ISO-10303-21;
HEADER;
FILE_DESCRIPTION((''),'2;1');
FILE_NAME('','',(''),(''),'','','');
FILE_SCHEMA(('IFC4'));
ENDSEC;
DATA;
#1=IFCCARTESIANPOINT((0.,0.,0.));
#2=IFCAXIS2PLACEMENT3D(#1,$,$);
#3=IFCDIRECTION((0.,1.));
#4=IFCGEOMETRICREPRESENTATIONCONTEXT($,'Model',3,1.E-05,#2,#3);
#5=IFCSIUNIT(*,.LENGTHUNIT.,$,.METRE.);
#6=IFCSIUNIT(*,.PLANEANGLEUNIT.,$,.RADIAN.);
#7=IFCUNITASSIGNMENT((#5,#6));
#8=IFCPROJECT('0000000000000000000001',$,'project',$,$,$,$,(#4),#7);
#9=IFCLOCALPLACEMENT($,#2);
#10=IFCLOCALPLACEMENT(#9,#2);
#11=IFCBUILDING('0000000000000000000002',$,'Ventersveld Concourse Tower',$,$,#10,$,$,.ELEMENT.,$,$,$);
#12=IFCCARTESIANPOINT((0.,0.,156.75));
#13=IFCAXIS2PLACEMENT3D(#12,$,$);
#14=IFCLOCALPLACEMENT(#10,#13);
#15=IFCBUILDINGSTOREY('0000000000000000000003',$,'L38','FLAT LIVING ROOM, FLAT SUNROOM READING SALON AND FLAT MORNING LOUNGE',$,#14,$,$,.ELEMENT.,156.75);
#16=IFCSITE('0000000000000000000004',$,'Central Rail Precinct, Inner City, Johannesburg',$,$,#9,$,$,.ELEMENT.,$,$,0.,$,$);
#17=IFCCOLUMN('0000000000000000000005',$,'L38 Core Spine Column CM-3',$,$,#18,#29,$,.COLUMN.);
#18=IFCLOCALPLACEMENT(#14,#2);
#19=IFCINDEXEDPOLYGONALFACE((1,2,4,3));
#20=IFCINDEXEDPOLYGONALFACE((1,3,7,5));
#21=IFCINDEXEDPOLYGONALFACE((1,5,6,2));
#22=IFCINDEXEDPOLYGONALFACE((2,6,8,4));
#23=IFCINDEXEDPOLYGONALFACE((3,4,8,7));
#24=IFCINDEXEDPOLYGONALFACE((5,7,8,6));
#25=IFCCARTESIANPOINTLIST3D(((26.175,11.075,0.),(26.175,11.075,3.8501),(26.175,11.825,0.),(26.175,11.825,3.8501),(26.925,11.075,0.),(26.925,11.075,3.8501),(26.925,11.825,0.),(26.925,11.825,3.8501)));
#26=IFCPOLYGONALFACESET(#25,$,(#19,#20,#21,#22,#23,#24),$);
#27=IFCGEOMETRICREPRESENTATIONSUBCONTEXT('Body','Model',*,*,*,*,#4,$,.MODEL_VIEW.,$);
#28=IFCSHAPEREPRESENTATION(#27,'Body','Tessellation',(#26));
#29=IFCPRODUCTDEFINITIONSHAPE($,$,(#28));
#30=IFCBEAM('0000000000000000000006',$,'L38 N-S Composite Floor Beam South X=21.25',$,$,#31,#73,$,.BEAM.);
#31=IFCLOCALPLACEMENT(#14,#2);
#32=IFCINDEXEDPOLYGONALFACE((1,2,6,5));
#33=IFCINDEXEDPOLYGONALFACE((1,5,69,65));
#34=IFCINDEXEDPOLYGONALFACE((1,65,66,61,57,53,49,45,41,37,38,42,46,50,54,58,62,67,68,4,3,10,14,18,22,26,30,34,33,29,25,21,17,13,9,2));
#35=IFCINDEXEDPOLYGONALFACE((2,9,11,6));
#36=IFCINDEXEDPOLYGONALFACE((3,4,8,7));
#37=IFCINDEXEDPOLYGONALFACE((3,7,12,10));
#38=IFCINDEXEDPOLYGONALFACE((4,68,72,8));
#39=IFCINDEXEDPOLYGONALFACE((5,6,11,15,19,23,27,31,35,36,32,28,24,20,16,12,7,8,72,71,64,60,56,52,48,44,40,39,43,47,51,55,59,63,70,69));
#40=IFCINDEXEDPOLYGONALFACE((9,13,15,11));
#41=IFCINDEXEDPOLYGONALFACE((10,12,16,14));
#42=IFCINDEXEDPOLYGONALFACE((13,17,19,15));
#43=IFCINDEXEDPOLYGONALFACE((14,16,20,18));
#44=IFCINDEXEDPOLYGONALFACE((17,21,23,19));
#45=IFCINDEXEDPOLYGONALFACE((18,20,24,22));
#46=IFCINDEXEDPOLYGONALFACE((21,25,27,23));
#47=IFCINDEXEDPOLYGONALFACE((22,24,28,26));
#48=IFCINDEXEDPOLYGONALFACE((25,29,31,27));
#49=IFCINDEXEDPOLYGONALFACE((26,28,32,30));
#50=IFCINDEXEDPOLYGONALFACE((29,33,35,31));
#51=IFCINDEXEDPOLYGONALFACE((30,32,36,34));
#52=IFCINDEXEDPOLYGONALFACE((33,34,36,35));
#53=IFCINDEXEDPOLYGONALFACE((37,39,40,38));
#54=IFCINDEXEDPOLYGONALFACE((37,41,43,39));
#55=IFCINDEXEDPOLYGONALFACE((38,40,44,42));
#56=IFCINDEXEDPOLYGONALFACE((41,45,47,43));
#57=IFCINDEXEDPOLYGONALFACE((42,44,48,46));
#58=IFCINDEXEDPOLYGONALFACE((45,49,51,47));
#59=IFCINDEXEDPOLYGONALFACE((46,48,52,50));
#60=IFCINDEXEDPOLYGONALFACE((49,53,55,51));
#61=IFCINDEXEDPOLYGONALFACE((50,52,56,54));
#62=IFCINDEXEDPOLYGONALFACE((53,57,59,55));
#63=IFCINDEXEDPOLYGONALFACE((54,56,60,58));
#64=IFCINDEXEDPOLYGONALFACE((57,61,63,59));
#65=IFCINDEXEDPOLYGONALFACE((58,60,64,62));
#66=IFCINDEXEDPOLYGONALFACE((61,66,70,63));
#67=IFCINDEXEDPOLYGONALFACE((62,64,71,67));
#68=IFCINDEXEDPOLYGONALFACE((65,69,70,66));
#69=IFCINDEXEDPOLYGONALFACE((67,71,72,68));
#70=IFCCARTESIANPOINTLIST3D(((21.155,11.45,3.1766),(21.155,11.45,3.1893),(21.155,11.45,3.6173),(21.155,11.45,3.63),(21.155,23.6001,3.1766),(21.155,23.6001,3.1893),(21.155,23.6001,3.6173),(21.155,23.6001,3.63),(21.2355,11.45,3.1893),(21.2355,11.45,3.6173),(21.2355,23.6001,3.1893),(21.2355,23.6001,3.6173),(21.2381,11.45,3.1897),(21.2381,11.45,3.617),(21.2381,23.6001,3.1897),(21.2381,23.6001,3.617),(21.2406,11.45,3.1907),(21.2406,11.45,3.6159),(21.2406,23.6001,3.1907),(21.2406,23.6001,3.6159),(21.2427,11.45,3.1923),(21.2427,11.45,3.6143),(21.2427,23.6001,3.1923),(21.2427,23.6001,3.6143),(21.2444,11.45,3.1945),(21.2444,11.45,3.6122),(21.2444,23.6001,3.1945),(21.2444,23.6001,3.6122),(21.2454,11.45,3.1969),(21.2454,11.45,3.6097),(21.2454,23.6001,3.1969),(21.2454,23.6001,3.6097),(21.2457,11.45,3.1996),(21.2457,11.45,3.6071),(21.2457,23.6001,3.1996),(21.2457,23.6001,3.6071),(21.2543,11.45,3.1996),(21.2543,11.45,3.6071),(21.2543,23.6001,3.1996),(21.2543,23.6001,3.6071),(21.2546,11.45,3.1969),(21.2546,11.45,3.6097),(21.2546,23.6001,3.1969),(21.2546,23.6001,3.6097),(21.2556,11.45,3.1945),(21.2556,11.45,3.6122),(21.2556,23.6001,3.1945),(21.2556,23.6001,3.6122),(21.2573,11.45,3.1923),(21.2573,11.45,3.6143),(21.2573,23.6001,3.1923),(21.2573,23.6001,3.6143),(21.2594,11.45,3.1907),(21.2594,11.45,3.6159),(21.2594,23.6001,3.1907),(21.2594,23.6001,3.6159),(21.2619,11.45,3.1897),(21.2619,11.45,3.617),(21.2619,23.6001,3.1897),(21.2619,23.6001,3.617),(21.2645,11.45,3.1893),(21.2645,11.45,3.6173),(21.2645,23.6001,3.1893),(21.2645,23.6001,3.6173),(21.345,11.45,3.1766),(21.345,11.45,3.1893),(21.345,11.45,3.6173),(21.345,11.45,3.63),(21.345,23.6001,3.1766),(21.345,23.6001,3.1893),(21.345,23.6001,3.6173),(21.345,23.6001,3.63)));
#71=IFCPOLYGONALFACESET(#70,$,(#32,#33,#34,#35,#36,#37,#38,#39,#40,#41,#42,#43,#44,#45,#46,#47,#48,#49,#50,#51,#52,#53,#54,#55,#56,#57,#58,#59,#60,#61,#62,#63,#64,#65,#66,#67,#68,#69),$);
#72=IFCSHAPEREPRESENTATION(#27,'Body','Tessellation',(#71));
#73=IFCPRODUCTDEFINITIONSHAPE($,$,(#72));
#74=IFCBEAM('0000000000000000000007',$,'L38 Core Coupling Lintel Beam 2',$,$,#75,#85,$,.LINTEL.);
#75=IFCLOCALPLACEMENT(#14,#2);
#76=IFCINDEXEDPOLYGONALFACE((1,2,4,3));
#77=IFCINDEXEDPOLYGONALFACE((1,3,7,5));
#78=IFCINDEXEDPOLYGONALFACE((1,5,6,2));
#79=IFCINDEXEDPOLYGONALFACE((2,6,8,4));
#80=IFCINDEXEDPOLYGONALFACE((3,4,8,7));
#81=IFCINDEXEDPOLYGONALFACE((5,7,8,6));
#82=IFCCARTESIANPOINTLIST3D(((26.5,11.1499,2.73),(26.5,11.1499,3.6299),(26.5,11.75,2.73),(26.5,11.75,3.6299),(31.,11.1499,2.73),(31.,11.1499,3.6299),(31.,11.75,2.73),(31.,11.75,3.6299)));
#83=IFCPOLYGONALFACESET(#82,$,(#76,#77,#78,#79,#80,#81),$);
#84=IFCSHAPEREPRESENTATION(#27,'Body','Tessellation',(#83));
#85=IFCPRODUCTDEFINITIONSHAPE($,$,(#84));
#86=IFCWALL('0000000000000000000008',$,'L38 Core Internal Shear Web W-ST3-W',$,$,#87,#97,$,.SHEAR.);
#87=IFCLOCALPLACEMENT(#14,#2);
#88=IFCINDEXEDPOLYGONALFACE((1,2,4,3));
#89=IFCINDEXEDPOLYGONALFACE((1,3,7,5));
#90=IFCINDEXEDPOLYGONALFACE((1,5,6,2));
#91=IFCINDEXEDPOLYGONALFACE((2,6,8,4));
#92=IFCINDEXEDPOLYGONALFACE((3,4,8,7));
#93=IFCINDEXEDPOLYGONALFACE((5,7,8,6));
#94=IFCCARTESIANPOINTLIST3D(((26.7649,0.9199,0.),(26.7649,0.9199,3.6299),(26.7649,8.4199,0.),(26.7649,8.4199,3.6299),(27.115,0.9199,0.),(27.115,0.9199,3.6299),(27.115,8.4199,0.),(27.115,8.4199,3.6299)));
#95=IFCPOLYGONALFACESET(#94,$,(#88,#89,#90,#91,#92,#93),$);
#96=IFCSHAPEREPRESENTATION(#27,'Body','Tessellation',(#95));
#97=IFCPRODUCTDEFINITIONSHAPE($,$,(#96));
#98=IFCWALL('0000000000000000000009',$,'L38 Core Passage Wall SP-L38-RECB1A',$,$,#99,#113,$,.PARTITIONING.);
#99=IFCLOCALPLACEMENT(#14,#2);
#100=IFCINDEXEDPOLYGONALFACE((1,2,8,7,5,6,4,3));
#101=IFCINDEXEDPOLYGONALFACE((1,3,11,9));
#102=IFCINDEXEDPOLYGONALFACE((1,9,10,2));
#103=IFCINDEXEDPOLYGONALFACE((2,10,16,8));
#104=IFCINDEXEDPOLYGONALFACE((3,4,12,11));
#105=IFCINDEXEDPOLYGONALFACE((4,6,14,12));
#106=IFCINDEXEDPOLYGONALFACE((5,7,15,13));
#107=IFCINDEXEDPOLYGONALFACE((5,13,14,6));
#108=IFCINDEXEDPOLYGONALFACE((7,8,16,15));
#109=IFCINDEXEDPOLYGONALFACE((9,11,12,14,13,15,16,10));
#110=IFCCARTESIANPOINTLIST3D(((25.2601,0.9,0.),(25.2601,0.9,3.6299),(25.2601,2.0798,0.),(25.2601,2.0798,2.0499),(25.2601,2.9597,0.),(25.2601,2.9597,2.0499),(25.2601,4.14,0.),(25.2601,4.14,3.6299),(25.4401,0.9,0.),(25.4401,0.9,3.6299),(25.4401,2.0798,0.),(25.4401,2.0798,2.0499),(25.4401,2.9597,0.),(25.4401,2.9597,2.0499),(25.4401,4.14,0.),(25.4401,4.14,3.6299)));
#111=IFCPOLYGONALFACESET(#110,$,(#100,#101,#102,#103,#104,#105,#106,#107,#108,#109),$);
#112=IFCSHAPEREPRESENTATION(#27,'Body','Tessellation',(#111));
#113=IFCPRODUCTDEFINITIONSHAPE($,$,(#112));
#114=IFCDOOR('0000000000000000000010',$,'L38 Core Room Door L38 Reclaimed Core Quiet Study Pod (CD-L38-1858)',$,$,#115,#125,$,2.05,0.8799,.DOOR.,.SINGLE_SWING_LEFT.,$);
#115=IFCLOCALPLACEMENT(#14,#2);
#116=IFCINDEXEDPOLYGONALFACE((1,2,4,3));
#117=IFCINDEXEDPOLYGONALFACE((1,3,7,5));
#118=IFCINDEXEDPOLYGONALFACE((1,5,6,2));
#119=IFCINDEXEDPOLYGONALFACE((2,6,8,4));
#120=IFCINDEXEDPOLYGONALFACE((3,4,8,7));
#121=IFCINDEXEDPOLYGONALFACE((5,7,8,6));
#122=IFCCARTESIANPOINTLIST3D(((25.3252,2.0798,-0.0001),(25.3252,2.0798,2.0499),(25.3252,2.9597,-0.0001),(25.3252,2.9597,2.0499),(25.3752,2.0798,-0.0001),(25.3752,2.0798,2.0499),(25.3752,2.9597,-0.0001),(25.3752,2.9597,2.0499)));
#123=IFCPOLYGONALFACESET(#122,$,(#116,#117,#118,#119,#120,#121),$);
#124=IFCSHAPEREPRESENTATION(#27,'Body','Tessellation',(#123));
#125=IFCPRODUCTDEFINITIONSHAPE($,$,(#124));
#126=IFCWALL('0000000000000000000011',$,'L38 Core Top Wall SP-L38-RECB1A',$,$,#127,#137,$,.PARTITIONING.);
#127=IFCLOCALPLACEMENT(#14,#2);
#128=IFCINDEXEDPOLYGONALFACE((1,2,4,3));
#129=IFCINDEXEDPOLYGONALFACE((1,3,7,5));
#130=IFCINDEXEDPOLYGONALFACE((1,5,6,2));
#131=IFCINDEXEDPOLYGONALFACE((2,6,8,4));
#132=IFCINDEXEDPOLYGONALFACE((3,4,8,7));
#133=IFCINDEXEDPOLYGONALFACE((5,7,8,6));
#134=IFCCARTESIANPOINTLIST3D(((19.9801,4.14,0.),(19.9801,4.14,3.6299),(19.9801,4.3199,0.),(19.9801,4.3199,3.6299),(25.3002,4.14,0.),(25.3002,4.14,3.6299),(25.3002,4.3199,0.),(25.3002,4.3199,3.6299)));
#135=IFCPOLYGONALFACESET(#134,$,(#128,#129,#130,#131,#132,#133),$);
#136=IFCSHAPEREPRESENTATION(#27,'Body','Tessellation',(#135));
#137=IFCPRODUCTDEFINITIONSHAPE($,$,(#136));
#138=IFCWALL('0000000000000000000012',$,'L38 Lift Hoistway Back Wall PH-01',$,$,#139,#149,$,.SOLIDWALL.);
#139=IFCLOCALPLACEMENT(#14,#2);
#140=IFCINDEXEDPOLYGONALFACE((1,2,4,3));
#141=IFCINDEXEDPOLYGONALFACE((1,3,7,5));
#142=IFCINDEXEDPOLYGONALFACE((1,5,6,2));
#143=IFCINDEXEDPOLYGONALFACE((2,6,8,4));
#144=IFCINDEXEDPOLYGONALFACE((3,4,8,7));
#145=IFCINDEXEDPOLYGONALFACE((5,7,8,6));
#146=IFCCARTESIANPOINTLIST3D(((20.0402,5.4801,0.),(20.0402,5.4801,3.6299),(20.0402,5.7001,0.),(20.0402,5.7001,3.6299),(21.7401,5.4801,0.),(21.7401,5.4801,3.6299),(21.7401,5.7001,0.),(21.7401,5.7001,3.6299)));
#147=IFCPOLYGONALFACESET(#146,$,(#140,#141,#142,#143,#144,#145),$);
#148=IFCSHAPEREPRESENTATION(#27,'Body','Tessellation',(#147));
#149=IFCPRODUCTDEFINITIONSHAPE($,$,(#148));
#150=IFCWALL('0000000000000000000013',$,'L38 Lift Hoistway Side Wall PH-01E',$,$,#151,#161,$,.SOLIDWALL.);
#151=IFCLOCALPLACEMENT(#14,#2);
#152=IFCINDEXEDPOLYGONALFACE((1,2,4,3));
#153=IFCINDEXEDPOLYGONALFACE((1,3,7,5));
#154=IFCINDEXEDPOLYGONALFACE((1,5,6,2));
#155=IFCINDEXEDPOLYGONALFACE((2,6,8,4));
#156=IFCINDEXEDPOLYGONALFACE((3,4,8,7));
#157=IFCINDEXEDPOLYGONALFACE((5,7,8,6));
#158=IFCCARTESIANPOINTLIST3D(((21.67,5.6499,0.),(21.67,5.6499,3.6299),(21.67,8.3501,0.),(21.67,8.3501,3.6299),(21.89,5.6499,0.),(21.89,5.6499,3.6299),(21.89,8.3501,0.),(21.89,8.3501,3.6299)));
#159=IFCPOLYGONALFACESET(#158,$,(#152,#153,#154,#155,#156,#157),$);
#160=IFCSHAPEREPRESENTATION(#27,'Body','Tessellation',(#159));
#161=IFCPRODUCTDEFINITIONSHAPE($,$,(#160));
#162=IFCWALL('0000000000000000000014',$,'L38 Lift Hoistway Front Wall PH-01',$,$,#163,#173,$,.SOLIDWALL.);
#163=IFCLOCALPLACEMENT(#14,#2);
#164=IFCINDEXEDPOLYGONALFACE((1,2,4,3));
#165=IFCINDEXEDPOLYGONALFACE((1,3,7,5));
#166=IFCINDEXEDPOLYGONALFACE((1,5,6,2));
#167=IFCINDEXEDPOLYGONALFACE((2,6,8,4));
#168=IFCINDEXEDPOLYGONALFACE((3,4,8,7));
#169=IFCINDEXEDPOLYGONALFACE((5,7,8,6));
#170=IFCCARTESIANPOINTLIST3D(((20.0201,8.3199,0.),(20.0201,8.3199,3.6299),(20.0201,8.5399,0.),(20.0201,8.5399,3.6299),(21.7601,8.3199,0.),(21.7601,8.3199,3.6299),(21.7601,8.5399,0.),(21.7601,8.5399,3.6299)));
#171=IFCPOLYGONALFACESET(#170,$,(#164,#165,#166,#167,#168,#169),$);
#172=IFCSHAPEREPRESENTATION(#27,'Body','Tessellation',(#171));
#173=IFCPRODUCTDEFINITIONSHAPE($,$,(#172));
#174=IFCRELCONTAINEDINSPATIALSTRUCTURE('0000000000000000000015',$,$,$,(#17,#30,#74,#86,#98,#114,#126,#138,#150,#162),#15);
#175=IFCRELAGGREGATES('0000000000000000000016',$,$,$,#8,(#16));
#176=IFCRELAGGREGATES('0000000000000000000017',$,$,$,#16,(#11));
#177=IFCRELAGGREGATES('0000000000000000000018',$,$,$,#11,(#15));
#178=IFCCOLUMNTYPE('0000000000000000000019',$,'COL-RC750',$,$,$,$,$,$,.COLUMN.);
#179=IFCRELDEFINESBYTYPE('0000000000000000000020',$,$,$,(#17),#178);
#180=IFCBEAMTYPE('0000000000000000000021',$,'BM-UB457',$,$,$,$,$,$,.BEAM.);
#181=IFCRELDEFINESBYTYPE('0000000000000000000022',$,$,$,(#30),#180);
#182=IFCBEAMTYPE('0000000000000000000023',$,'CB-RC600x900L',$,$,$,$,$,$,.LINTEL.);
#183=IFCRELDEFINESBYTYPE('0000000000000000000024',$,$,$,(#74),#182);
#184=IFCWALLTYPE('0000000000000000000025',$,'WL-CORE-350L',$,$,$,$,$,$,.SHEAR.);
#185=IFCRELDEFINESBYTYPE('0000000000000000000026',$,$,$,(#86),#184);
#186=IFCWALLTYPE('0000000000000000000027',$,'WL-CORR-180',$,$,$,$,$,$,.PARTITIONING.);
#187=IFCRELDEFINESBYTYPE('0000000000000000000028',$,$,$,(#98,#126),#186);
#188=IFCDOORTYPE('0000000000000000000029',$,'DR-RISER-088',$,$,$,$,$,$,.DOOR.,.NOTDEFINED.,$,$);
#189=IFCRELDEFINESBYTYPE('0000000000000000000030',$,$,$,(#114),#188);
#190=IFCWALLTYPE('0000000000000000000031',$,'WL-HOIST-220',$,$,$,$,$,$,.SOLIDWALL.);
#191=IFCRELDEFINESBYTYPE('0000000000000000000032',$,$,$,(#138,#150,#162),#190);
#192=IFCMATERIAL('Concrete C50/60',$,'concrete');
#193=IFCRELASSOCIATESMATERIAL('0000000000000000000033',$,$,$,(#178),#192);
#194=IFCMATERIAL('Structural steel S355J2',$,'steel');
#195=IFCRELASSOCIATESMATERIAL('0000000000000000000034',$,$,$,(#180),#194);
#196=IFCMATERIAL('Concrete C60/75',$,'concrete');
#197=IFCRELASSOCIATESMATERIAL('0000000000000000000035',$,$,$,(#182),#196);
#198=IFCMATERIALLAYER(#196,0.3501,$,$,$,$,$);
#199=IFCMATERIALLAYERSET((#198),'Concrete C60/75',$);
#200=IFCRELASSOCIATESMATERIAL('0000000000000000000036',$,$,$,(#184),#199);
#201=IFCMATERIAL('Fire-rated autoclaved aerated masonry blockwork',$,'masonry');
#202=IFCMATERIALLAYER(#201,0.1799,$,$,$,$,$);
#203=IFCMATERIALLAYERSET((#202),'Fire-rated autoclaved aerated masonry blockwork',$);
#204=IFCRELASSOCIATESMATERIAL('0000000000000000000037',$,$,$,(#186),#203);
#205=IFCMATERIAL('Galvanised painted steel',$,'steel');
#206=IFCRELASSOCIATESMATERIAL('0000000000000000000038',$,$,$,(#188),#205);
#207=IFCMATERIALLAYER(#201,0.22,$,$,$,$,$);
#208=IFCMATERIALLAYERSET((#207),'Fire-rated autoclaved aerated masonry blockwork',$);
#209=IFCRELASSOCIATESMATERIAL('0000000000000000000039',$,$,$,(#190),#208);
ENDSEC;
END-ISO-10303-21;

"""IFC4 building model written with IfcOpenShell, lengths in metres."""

from ifc_helpers import new_model, si_unit, direction, frame, frame_2d, origin, origin_2d, place, context, subcontext, project, spatial, rectangle, i_section, extrude, material, layer, layer_set, material_profile, profile_set, type_object, element, fill, save


model = new_model("IFC4")

# Units and contexts
model_context = context("Model", 3, precision=1e-05, world=origin(), true_north=direction((0.0, 1.0)))
body_context = subcontext(model_context, "Body", "Model", "MODEL_VIEW")
ifc_project = project(units=[si_unit("LENGTHUNIT", "METRE"), si_unit("PLANEANGLEUNIT", "RADIAN")], contexts=[model_context])

# Site, building, storey
site_placement = place(None, origin())
site = spatial("IfcSite", under=ifc_project, at=site_placement, Name="Central Rail Precinct, Inner City, Johannesburg", CompositionType="ELEMENT", RefElevation=0.0)
building_placement = place(site_placement, origin())
building = spatial("IfcBuilding", under=site, at=building_placement, Name="Ventersveld Concourse Tower", CompositionType="ELEMENT")
storey_placement = place(building_placement, frame((0.0, 0.0, 156.75)))
storey = spatial("IfcBuildingStorey", under=building, at=storey_placement, Name="L38", Description="FLAT LIVING ROOM, FLAT SUNROOM READING SALON AND FLAT MORNING LOUNGE", CompositionType="ELEMENT", Elevation=156.75)

# Column
ifc_material_1 = material(Name="Concrete C50/60", Category="concrete")
ifc_material_profile_1 = material_profile(ifc_material_1, rectangle(XDim=0.75, YDim=0.75, at=origin_2d()), Name="RC 750x750")
ifc_profile_set_1 = profile_set([ifc_material_profile_1], Name="Concrete C50/60")
column_type = type_object("IfcColumnType", Name="COL-RC750", PredefinedType="COLUMN", material=ifc_profile_set_1)
column_placement = place(storey_placement, frame((26.55, 11.45, 0.0), z_axis=(0.0, 0.0, 1.0), x_axis=(1.0, 0.0, 0.0)))
element("IfcColumn", 1, at=column_placement, inside=storey, type_object=column_type, Name="L38 Core Spine Column CM-3", PredefinedType="COLUMN", context=body_context, shape_type="SweptSolid", body=[
    extrude(rectangle(XDim=0.75, YDim=0.75, at=origin_2d()), origin(), (0.0, 0.0, 1.0), 3.8501),
])

# Beams
ifc_material_2 = material(Name="Structural steel S355J2", Category="steel")
ifc_material_profile_2 = material_profile(ifc_material_2, i_section(OverallWidth=0.1899, OverallDepth=0.4534, WebThickness=0.0085, FlangeThickness=0.0127, FilletRadius=0.0103, at=origin_2d()), Name="UB 457x191x67")
ifc_profile_set_2 = profile_set([ifc_material_profile_2], Name="Structural steel S355J2")
beam_type_1 = type_object("IfcBeamType", Name="BM-UB457", PredefinedType="BEAM", material=ifc_profile_set_2)
beam_1_placement = place(storey_placement, frame((21.25, 11.45, 3.4033), z_axis=(0.0, 1.0, 0.0), x_axis=(-1.0, 0.0, 0.0)))
element("IfcBeam", 2, at=beam_1_placement, inside=storey, type_object=beam_type_1, Name="L38 N-S Composite Floor Beam South X=21.25", PredefinedType="BEAM", context=body_context, shape_type="SweptSolid", body=[
    extrude(i_section(OverallWidth=0.1899, OverallDepth=0.4534, WebThickness=0.0085, FlangeThickness=0.0127, FilletRadius=0.0103, at=origin_2d()), origin(), (0.0, 0.0, 1.0), 12.1501),
])
ifc_material_3 = material(Name="Concrete C60/75", Category="concrete")
ifc_material_profile_3 = material_profile(ifc_material_3, rectangle(XDim=0.6001, YDim=0.8999, at=origin_2d()), Name="RC 600x900")
ifc_profile_set_3 = profile_set([ifc_material_profile_3], Name="Concrete C60/75")
beam_type_2 = type_object("IfcBeamType", Name="CB-RC600x900L", PredefinedType="LINTEL", material=ifc_profile_set_3)
beam_2_placement = place(storey_placement, frame((26.5, 11.45, 3.1799), z_axis=(1.0, 0.0, 0.0), x_axis=(0.0, 1.0, 0.0)))
element("IfcBeam", 3, at=beam_2_placement, inside=storey, type_object=beam_type_2, Name="L38 Core Coupling Lintel Beam 2", PredefinedType="LINTEL", context=body_context, shape_type="SweptSolid", body=[
    extrude(rectangle(XDim=0.6001, YDim=0.8999, at=origin_2d()), origin(), (0.0, 0.0, 1.0), 4.5),
])

# Wall
ifc_layer_1 = layer(ifc_material_3, 0.3501)
ifc_layer_set_1 = layer_set([ifc_layer_1], Name="Concrete C60/75")
wall_type_1 = type_object("IfcWallType", Name="WL-CORE-350L", PredefinedType="SHEAR", material=ifc_layer_set_1)
wall_1_placement = place(storey_placement, frame((26.9399, 0.9199, 0.0), z_axis=(0.0, 0.0, 1.0), x_axis=(0.0, 1.0, 0.0)))
element("IfcWall", 4, at=wall_1_placement, inside=storey, type_object=wall_type_1, Name="L38 Core Internal Shear Web W-ST3-W", PredefinedType="SHEAR", context=body_context, shape_type="SweptSolid", body=[
    extrude(rectangle(XDim=7.5, YDim=0.3501, at=frame_2d((3.75, 0.0))), origin(), (0.0, 0.0, 1.0), 3.6299),
])

# Wall, opening, door
ifc_material_4 = material(Name="Fire-rated autoclaved aerated masonry blockwork", Category="masonry")
ifc_layer_2 = layer(ifc_material_4, 0.1799)
ifc_layer_set_2 = layer_set([ifc_layer_2], Name="Fire-rated autoclaved aerated masonry blockwork")
wall_type_2 = type_object("IfcWallType", Name="WL-CORR-180", PredefinedType="PARTITIONING", material=ifc_layer_set_2)
wall_2_placement = place(storey_placement, frame((25.3501, 0.8999, 0.0), z_axis=(0.0, 0.0, 1.0), x_axis=(0.0, 1.0, 0.0)))
wall_2 = element("IfcWall", 5, at=wall_2_placement, inside=storey, type_object=wall_type_2, Name="L38 Core Passage Wall SP-L38-RECB1A", PredefinedType="PARTITIONING", context=body_context, shape_type="SweptSolid", body=[
    extrude(rectangle(XDim=3.24, YDim=0.1799, at=frame_2d((1.6201, 0.0))), origin(), (0.0, 0.0, 1.0), 3.6299),
])
opening_1_placement = place(wall_2_placement, frame((1.1799, 0.0, 0.0)))
opening_1 = element("IfcOpeningElement", 6, at=opening_1_placement, cuts=wall_2, PredefinedType="OPENING", context=body_context, shape_type="SweptSolid", body=[
    extrude(rectangle(XDim=0.8799, YDim=2.05, at=frame_2d((0.4399, 1.0249))), frame((0.0, 0.1001, 0.0), z_axis=(0.0, -1.0, 0.0), x_axis=(1.0, 0.0, 0.0)), (0.0, 0.0, 1.0), 0.2),
])
ifc_material_5 = material(Name="Galvanised painted steel", Category="steel")
door_type_1 = type_object("IfcDoorType", Name="DR-RISER-088", OperationType="NOTDEFINED", PredefinedType="DOOR", material=ifc_material_5)
door_1_placement = place(opening_1_placement, origin())
door_1 = element("IfcDoor", 7, at=door_1_placement, inside=storey, type_object=door_type_1, Name="L38 Core Room Door L38 Reclaimed Core Quiet Study Pod (CD-L38-1858)", OperationType="SINGLE_SWING_LEFT", OverallHeight=2.05, OverallWidth=0.8799, PredefinedType="DOOR", context=body_context, shape_type="SweptSolid", body=[
    extrude(rectangle(XDim=0.8799, YDim=2.05, at=frame_2d((0.4399, 1.0249))), frame((0.0, 0.0249, 0.0), z_axis=(0.0, -1.0, 0.0), x_axis=(1.0, 0.0, 0.0)), (0.0, 0.0, 1.0), 0.05),
])
fill(opening_1, door_1)

# Walls
wall_3_placement = place(storey_placement, frame((19.98, 4.23, 0.0), z_axis=(0.0, 0.0, 1.0), x_axis=(1.0, 0.0, 0.0)))
element("IfcWall", 8, at=wall_3_placement, inside=storey, type_object=wall_type_2, Name="L38 Core Top Wall SP-L38-RECB1A", PredefinedType="PARTITIONING", context=body_context, shape_type="SweptSolid", body=[
    extrude(rectangle(XDim=5.3201, YDim=0.1799, at=frame_2d((2.6602, 0.0))), origin(), (0.0, 0.0, 1.0), 3.6299),
])
ifc_layer_3 = layer(ifc_material_4, 0.22)
ifc_layer_set_3 = layer_set([ifc_layer_3], Name="Fire-rated autoclaved aerated masonry blockwork")
wall_type_3 = type_object("IfcWallType", Name="WL-HOIST-220", PredefinedType="SOLIDWALL", material=ifc_layer_set_3)
wall_4_placement = place(storey_placement, frame((20.04, 5.5901, 0.0), z_axis=(0.0, 0.0, 1.0), x_axis=(1.0, 0.0, 0.0)))
element("IfcWall", 9, at=wall_4_placement, inside=storey, type_object=wall_type_3, Name="L38 Lift Hoistway Back Wall PH-01", PredefinedType="SOLIDWALL", context=body_context, shape_type="SweptSolid", body=[
    extrude(rectangle(XDim=1.7, YDim=0.22, at=frame_2d((0.8501, 0.0))), origin(), (0.0, 0.0, 1.0), 3.6299),
])
wall_5_placement = place(storey_placement, frame((21.78, 5.6499, 0.0), z_axis=(0.0, 0.0, 1.0), x_axis=(0.0, 1.0, 0.0)))
element("IfcWall", 10, at=wall_5_placement, inside=storey, type_object=wall_type_3, Name="L38 Lift Hoistway Side Wall PH-01E", PredefinedType="SOLIDWALL", context=body_context, shape_type="SweptSolid", body=[
    extrude(rectangle(XDim=2.7002, YDim=0.22, at=frame_2d((1.3501, 0.0))), origin(), (0.0, 0.0, 1.0), 3.6299),
])
wall_6_placement = place(storey_placement, frame((20.02, 8.4299, 0.0), z_axis=(0.0, 0.0, 1.0), x_axis=(1.0, 0.0, 0.0)))
element("IfcWall", 11, at=wall_6_placement, inside=storey, type_object=wall_type_3, Name="L38 Lift Hoistway Front Wall PH-01", PredefinedType="SOLIDWALL", context=body_context, shape_type="SweptSolid", body=[
    extrude(rectangle(XDim=1.74, YDim=0.22, at=frame_2d((0.8701, 0.0))), origin(), (0.0, 0.0, 1.0), 3.6299),
])

save(model, "model.ifc")
